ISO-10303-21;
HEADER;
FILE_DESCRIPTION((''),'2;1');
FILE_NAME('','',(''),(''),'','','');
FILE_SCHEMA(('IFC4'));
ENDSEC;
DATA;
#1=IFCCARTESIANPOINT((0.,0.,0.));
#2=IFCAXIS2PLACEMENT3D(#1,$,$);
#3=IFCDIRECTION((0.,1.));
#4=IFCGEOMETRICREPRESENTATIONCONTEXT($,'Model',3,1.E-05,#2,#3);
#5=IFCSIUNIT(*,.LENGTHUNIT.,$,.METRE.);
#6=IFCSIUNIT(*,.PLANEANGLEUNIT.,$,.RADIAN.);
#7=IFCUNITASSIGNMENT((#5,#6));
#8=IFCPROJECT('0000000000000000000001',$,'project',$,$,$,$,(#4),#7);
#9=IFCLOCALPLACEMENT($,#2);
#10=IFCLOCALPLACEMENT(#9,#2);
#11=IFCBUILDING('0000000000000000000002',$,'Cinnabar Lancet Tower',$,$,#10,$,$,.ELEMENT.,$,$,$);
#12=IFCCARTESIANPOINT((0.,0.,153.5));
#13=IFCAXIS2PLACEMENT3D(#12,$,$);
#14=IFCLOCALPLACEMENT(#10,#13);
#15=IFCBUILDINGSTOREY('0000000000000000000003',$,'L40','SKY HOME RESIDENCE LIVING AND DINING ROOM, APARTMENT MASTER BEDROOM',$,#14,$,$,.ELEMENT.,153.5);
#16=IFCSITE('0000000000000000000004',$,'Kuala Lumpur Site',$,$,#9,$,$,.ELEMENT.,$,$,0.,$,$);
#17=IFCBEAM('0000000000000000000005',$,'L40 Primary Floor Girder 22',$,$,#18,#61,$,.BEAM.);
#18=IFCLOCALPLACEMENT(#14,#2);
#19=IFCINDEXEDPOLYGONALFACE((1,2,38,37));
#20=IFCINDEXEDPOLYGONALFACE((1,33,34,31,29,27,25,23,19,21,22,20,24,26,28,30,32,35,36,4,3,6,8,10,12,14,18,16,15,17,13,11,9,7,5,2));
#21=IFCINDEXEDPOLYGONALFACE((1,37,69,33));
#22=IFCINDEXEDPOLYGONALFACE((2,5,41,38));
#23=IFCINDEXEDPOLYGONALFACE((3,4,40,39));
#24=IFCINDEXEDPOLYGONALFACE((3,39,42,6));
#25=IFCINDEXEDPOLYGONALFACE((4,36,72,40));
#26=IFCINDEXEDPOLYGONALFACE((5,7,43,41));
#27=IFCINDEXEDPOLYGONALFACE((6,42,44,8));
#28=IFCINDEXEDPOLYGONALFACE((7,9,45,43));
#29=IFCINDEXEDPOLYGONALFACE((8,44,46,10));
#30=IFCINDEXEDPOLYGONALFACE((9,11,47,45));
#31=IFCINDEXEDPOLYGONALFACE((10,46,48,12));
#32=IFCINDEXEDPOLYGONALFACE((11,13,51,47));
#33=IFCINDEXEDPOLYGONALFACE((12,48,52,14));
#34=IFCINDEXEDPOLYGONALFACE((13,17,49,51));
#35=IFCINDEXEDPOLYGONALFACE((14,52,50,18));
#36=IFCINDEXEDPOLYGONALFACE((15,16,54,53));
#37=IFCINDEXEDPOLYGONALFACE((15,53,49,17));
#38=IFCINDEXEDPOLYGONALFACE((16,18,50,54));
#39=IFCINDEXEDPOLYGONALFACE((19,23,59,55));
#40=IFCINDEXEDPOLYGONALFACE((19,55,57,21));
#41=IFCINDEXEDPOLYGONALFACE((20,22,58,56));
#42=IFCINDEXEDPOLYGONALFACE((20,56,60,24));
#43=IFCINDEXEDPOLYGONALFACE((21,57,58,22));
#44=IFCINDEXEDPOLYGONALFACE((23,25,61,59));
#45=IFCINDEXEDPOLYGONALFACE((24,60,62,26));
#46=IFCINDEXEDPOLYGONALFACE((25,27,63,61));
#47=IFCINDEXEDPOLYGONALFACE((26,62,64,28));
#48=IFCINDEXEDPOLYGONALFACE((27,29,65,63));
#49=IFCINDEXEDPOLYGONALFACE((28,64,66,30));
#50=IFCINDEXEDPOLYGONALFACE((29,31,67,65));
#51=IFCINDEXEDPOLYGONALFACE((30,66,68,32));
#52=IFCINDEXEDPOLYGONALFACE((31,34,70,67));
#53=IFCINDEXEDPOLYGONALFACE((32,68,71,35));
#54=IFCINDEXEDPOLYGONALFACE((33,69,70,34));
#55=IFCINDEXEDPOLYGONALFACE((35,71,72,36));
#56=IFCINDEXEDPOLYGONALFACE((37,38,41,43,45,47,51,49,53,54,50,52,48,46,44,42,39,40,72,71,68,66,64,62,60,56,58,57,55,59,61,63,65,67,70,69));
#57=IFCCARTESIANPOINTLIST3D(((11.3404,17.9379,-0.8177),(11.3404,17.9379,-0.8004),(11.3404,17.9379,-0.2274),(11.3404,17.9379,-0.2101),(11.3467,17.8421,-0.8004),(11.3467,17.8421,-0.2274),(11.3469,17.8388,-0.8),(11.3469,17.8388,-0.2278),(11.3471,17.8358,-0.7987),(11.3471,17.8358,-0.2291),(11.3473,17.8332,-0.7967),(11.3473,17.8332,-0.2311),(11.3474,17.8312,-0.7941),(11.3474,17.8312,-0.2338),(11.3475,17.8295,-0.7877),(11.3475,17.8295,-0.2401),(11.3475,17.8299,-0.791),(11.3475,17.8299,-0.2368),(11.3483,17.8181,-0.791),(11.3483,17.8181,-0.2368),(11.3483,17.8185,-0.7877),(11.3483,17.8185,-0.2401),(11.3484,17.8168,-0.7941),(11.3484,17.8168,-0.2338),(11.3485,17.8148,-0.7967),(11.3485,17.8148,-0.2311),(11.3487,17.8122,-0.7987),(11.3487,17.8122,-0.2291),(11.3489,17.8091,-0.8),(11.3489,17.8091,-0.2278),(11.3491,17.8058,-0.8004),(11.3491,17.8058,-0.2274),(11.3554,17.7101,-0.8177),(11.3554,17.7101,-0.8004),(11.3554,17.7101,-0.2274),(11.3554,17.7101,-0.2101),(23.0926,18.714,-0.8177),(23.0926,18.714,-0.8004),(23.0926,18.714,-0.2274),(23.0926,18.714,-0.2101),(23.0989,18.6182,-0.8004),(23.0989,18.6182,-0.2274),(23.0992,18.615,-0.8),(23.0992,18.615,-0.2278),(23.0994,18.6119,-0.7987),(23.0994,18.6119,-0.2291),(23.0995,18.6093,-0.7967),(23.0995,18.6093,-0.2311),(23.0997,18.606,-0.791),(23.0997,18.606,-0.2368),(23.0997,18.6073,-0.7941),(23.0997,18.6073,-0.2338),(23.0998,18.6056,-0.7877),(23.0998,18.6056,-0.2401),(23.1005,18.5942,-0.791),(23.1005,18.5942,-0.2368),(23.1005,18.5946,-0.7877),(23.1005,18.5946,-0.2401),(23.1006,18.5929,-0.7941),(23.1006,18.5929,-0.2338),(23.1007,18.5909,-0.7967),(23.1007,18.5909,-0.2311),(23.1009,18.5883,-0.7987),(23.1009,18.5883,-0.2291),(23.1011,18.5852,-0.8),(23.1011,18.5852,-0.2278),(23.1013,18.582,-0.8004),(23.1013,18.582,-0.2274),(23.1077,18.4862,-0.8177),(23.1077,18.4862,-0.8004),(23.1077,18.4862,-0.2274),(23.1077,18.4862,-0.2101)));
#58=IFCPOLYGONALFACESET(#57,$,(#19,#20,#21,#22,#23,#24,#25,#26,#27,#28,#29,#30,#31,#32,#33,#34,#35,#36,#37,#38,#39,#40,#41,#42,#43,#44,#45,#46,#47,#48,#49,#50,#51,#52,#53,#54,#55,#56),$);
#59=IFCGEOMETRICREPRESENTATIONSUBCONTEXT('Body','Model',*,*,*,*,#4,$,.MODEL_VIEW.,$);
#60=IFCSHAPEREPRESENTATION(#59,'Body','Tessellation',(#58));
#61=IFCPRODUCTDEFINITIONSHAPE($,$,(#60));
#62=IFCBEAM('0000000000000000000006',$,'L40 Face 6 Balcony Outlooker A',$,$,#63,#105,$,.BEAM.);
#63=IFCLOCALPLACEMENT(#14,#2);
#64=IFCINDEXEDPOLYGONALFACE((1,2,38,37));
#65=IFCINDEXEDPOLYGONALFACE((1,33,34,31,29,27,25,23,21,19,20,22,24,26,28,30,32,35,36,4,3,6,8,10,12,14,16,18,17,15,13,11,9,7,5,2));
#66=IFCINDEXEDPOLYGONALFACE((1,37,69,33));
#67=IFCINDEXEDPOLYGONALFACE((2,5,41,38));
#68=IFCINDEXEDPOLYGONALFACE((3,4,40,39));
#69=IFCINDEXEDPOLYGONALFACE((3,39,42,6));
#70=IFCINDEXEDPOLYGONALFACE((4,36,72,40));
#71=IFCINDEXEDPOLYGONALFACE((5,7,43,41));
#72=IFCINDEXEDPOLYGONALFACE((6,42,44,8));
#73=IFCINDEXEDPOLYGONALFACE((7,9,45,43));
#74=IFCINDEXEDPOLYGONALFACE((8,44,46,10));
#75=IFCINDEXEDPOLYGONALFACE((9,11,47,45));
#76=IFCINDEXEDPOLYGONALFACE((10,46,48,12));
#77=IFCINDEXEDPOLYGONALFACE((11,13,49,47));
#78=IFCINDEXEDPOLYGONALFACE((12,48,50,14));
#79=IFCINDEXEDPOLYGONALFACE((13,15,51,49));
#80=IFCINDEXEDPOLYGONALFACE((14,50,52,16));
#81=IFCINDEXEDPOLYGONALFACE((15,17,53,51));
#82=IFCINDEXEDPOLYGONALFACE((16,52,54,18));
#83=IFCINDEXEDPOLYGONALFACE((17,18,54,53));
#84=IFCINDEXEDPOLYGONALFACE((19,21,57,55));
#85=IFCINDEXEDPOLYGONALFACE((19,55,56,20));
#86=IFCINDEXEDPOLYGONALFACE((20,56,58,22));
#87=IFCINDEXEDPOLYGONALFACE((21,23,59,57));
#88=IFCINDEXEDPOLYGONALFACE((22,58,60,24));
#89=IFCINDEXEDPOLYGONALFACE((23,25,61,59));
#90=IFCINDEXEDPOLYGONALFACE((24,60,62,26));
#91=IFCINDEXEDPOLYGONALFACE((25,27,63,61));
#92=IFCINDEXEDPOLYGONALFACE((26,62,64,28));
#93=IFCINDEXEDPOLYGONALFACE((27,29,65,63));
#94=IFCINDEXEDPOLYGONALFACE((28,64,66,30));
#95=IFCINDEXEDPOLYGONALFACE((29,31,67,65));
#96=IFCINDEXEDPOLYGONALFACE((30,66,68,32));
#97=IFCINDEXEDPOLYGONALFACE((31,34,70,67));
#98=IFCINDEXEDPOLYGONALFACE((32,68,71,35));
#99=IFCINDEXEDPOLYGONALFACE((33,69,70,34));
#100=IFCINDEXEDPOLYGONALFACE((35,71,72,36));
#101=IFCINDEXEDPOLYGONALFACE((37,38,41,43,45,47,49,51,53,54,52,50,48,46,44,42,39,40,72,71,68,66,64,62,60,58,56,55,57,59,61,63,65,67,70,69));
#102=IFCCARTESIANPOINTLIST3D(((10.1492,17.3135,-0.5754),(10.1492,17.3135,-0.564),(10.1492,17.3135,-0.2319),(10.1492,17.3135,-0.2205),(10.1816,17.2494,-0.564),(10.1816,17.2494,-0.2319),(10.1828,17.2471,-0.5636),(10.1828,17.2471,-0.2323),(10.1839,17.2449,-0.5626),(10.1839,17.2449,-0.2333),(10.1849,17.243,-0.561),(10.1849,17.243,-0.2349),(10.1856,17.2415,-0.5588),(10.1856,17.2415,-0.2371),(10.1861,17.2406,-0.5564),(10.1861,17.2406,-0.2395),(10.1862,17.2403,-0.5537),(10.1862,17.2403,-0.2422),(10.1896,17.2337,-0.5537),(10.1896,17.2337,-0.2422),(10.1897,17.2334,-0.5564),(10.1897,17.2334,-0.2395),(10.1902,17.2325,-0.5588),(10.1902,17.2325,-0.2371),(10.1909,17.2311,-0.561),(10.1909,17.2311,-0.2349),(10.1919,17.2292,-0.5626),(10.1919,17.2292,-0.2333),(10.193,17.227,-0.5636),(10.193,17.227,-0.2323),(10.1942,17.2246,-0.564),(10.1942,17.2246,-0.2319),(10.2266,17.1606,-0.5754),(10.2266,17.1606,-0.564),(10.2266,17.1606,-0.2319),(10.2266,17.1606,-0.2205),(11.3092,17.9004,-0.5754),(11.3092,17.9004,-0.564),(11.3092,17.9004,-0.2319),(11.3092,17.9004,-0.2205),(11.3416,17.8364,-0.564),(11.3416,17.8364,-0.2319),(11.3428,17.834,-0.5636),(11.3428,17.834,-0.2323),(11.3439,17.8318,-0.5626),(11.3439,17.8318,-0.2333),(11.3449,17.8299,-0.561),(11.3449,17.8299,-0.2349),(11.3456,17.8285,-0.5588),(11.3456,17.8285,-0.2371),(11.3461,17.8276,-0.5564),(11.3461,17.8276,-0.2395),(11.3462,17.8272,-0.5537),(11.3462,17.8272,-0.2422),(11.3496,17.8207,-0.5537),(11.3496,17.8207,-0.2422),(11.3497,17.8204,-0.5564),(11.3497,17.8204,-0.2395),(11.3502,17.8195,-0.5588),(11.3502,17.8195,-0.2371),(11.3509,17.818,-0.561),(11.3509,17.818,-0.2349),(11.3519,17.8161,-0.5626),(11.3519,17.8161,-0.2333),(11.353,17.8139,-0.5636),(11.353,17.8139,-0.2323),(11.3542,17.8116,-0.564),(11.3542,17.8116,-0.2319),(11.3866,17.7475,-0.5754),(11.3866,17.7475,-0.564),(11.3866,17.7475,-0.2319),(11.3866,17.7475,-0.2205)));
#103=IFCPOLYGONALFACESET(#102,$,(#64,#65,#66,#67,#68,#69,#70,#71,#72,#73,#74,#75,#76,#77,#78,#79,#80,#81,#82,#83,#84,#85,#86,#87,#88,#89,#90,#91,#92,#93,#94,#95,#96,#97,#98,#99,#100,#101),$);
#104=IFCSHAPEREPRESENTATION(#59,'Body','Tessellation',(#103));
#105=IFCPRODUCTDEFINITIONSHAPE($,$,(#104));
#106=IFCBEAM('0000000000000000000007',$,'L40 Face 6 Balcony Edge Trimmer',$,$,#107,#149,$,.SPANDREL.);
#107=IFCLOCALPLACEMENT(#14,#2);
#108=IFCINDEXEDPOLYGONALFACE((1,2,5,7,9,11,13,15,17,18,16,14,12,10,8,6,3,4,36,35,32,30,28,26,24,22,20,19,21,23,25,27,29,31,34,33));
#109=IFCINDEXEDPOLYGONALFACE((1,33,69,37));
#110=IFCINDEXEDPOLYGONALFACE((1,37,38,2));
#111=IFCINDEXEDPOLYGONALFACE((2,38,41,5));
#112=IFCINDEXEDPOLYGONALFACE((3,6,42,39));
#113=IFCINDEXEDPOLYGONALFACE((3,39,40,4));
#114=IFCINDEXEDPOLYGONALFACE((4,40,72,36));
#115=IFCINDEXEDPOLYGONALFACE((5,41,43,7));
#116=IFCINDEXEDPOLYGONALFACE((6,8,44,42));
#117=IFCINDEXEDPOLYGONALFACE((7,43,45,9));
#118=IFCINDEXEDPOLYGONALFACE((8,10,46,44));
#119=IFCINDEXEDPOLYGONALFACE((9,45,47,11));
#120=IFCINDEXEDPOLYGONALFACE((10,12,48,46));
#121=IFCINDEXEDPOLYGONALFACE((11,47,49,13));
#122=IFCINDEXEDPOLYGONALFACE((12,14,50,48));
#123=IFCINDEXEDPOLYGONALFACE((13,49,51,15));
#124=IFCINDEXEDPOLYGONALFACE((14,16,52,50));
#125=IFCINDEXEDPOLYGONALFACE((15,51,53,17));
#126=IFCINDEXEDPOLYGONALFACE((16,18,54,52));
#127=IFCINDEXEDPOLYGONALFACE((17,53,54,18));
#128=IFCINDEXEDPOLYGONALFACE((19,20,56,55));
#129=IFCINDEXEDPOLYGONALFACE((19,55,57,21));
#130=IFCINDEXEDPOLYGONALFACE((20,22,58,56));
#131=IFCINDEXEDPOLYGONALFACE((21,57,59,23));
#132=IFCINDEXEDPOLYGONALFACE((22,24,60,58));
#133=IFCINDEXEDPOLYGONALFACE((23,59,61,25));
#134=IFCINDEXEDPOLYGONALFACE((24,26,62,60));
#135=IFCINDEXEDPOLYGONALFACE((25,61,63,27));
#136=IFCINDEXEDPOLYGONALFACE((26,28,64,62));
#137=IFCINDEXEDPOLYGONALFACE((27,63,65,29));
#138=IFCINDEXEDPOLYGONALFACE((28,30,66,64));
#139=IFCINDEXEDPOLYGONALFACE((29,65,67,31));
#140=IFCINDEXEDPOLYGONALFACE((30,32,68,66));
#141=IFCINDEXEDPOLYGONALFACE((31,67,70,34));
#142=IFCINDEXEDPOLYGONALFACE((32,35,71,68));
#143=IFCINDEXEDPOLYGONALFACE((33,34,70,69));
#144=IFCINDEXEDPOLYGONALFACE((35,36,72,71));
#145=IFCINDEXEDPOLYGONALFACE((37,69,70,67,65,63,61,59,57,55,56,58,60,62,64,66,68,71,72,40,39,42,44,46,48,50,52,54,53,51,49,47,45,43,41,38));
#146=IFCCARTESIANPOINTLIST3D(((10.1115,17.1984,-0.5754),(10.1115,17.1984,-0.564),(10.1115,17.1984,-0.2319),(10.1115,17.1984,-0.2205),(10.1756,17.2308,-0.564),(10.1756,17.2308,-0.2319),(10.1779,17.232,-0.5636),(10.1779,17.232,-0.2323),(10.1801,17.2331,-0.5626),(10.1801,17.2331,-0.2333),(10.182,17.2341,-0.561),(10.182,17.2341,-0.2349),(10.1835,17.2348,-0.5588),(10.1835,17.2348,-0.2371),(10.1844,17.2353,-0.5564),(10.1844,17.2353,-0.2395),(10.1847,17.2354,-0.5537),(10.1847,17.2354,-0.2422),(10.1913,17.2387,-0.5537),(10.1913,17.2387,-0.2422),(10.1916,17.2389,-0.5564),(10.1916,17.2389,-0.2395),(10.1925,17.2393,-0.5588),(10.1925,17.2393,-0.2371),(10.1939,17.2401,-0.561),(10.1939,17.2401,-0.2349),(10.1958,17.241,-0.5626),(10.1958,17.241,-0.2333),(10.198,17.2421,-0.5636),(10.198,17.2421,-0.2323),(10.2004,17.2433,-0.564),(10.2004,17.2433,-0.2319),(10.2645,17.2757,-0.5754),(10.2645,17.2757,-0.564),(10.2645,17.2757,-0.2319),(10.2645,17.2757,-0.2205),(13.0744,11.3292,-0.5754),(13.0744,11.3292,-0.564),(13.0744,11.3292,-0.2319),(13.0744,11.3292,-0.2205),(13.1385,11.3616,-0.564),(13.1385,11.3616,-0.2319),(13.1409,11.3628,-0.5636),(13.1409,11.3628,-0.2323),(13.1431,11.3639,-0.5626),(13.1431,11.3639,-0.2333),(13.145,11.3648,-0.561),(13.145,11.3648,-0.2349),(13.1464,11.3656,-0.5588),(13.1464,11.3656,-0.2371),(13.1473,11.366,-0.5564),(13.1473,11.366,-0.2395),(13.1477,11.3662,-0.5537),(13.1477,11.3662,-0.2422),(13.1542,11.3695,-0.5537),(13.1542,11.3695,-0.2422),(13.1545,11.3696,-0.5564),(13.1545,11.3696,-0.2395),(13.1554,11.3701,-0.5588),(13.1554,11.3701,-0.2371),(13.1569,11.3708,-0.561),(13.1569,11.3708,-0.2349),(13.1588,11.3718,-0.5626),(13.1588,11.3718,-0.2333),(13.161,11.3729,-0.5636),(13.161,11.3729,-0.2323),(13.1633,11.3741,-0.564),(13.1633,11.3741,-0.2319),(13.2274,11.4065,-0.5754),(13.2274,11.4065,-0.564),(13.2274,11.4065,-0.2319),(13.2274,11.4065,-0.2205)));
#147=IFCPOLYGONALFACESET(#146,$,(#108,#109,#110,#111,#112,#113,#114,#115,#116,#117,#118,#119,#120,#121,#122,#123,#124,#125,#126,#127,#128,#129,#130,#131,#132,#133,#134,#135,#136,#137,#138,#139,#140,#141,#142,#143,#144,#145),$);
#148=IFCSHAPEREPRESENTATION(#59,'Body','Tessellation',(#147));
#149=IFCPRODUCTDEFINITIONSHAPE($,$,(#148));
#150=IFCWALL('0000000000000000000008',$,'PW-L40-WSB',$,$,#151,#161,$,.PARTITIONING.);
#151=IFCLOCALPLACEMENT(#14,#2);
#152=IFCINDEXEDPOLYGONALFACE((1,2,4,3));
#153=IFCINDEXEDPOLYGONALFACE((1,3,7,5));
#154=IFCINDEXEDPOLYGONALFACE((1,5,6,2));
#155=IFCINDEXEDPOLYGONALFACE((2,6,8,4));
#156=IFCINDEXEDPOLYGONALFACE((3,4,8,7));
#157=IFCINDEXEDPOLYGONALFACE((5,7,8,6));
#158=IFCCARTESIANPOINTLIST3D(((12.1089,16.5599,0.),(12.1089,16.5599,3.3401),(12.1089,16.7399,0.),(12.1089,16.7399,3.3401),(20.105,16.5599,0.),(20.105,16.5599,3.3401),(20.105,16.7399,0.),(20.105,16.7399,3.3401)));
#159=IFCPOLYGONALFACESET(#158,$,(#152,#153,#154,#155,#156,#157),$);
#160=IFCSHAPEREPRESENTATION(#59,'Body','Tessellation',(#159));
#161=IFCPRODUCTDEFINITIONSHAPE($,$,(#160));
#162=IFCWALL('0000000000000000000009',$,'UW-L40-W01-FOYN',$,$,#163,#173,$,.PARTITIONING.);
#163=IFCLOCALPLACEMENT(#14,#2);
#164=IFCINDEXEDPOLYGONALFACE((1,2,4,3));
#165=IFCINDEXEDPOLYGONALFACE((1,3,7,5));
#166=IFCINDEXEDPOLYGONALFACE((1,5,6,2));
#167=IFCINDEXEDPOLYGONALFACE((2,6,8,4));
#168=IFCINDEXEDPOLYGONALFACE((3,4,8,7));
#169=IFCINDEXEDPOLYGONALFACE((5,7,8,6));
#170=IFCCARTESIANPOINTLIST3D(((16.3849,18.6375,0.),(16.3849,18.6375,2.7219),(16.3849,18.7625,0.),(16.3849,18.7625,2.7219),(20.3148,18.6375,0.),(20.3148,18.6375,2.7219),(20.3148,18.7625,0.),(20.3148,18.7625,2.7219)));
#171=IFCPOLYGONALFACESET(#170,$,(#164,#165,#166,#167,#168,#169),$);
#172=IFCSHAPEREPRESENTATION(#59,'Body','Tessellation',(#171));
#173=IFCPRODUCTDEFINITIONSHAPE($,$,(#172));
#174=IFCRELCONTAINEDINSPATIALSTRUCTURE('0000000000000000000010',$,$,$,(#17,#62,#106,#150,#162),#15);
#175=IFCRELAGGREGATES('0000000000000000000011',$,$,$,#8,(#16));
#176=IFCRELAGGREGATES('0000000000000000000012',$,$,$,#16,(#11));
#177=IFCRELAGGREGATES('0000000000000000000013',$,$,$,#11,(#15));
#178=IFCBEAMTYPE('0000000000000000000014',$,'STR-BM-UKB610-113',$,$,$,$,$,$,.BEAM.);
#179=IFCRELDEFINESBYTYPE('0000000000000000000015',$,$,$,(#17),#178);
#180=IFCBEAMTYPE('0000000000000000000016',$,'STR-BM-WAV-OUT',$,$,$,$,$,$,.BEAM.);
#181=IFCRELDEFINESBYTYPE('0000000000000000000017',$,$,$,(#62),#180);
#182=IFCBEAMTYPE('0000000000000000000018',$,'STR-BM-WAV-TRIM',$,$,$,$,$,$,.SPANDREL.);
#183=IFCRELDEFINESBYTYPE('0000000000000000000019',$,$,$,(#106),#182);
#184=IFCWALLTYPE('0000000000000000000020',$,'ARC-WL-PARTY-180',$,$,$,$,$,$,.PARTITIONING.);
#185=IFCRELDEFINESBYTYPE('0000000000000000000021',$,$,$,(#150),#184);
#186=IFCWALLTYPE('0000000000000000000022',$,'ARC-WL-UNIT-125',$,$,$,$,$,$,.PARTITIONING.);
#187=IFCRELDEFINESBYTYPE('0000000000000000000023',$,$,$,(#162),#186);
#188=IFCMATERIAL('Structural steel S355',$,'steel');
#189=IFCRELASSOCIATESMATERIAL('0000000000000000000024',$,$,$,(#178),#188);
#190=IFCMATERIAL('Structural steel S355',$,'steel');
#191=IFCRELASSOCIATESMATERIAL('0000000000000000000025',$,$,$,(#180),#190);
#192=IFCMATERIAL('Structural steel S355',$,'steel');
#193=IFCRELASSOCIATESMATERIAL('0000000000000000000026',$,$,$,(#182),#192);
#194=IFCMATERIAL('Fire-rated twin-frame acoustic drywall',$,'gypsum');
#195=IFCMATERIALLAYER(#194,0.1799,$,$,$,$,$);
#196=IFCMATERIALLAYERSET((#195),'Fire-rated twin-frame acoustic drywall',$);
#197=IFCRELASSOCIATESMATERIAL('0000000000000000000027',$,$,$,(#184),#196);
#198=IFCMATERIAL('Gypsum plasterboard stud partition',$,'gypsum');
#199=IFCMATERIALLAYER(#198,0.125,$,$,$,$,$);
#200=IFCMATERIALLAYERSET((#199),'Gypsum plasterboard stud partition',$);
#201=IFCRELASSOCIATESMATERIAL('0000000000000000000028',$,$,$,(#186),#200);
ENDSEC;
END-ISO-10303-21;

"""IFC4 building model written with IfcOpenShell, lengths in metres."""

from ifc_helpers import new_model, si_unit, direction, frame, frame_2d, origin, origin_2d, place, context, subcontext, project, spatial, rectangle, i_section, extrude, material, layer, layer_set, material_profile, profile_set, type_object, element, save


model = new_model("IFC4")

# Units and contexts
model_context = context("Model", 3, precision=1e-05, world=origin(), true_north=direction((0.0, 1.0)))
body_context = subcontext(model_context, "Body", "Model", "MODEL_VIEW")
ifc_project = project(units=[si_unit("LENGTHUNIT", "METRE"), si_unit("PLANEANGLEUNIT", "RADIAN")], contexts=[model_context])

# Site, building, storey
site_placement = place(None, origin())
site = spatial("IfcSite", under=ifc_project, at=site_placement, Name="Kuala Lumpur Site", CompositionType="ELEMENT", RefElevation=0.0)
building_placement = place(site_placement, origin())
building = spatial("IfcBuilding", under=site, at=building_placement, Name="Cinnabar Lancet Tower", CompositionType="ELEMENT")
storey_placement = place(building_placement, frame((0.0, 0.0, 153.5)))
storey = spatial("IfcBuildingStorey", under=building, at=storey_placement, Name="L40", Description="SKY HOME RESIDENCE LIVING AND DINING ROOM, APARTMENT MASTER BEDROOM", CompositionType="ELEMENT", Elevation=153.5)

# Beams
ifc_material_1 = material(Name="Structural steel S355", Category="steel")
ifc_material_profile_1 = material_profile(ifc_material_1, i_section(OverallWidth=0.2283, OverallDepth=0.6077, WebThickness=0.011, FlangeThickness=0.0173, FilletRadius=0.0127, at=origin_2d()), Name="UKB 610x229x113")
ifc_profile_set_1 = profile_set([ifc_material_profile_1], Name="Structural steel S355")
beam_type_1 = type_object("IfcBeamType", Name="STR-BM-UKB610-113", PredefinedType="BEAM", material=ifc_profile_set_1)
beam_1_placement = place(storey_placement, frame((11.3479, 17.824, -0.5139), z_axis=(0.997826, 0.065897, 0.0), x_axis=(-0.065897, 0.997826, 0.0)))
element("IfcBeam", 1, at=beam_1_placement, inside=storey, type_object=beam_type_1, Name="L40 Primary Floor Girder 22", PredefinedType="BEAM", context=body_context, shape_type="SweptSolid", body=[
    extrude(i_section(OverallWidth=0.2283, OverallDepth=0.6077, WebThickness=0.011, FlangeThickness=0.0173, FilletRadius=0.0127, at=origin_2d()), origin(), (0.0, 0.0, 1.0), 11.7778),
])
ifc_material_2 = material(Name="Structural steel S355", Category="steel")
ifc_material_profile_2 = material_profile(ifc_material_2, i_section(OverallWidth=0.1714, OverallDepth=0.355, WebThickness=0.0073, FlangeThickness=0.0115, FilletRadius=0.0103, at=origin_2d()), Name="UKB 356x171x51")
ifc_profile_set_2 = profile_set([ifc_material_profile_2], Name="Structural steel S355")
beam_type_2 = type_object("IfcBeamType", Name="STR-BM-WAV-OUT", PredefinedType="BEAM", material=ifc_profile_set_2)
beam_2_placement = place(storey_placement, frame((11.3479, 17.824, -0.3979), z_axis=(-0.892276, -0.45149, 0.0), x_axis=(0.45149, -0.892276, 0.0)))
element("IfcBeam", 2, at=beam_2_placement, inside=storey, type_object=beam_type_2, Name="L40 Face 6 Balcony Outlooker A", PredefinedType="BEAM", context=body_context, shape_type="SweptSolid", body=[
    extrude(i_section(OverallWidth=0.1714, OverallDepth=0.355, WebThickness=0.0073, FlangeThickness=0.0115, FilletRadius=0.0103, at=origin_2d()), origin(), (0.0, 0.0, 1.0), 1.3),
])
ifc_material_3 = material(Name="Structural steel S355", Category="steel")
ifc_material_profile_3 = material_profile(ifc_material_3, i_section(OverallWidth=0.1714, OverallDepth=0.355, WebThickness=0.0073, FlangeThickness=0.0115, FilletRadius=0.0103, at=origin_2d()), Name="UKB 356x171x51")
ifc_profile_set_3 = profile_set([ifc_material_profile_3], Name="Structural steel S355")
beam_type_3 = type_object("IfcBeamType", Name="STR-BM-WAV-TRIM", PredefinedType="SPANDREL", material=ifc_profile_set_3)
beam_3_placement = place(storey_placement, frame((10.188, 17.2371, -0.3979), z_axis=(0.450656, -0.892698, 0.0), x_axis=(0.892698, 0.450656, 0.0)))
element("IfcBeam", 3, at=beam_3_placement, inside=storey, type_object=beam_type_3, Name="L40 Face 6 Balcony Edge Trimmer", PredefinedType="SPANDREL", context=body_context, shape_type="SweptSolid", body=[
    extrude(i_section(OverallWidth=0.1714, OverallDepth=0.355, WebThickness=0.0073, FlangeThickness=0.0115, FilletRadius=0.0103, at=origin_2d()), origin(), (0.0, 0.0, 1.0), 6.5747),
])

# Walls
ifc_material_4 = material(Name="Fire-rated twin-frame acoustic drywall", Category="gypsum")
ifc_layer_1 = layer(ifc_material_4, 0.1799)
ifc_layer_set_1 = layer_set([ifc_layer_1], Name="Fire-rated twin-frame acoustic drywall")
wall_type_1 = type_object("IfcWallType", Name="ARC-WL-PARTY-180", PredefinedType="PARTITIONING", material=ifc_layer_set_1)
wall_1_placement = place(storey_placement, frame((12.1089, 16.6499, 0.0), z_axis=(0.0, 0.0, 1.0), x_axis=(1.0, 0.0, 0.0)))
element("IfcWall", 4, at=wall_1_placement, inside=storey, type_object=wall_type_1, Name="PW-L40-WSB", PredefinedType="PARTITIONING", context=body_context, shape_type="SweptSolid", body=[
    extrude(rectangle(XDim=7.9961, YDim=0.1799, at=frame_2d((3.998, 0.0))), origin(), (0.0, 0.0, 1.0), 3.3401),
])
ifc_material_5 = material(Name="Gypsum plasterboard stud partition", Category="gypsum")
ifc_layer_2 = layer(ifc_material_5, 0.125)
ifc_layer_set_2 = layer_set([ifc_layer_2], Name="Gypsum plasterboard stud partition")
wall_type_2 = type_object("IfcWallType", Name="ARC-WL-UNIT-125", PredefinedType="PARTITIONING", material=ifc_layer_set_2)
wall_2_placement = place(storey_placement, frame((16.385, 18.7, 0.0), z_axis=(0.0, 0.0, 1.0), x_axis=(1.0, 0.0, 0.0)))
element("IfcWall", 5, at=wall_2_placement, inside=storey, type_object=wall_type_2, Name="UW-L40-W01-FOYN", PredefinedType="PARTITIONING", context=body_context, shape_type="SweptSolid", body=[
    extrude(rectangle(XDim=3.9299, YDim=0.125, at=frame_2d((1.9648, 0.0))), origin(), (0.0, 0.0, 1.0), 2.7219),
])

save(model, "model.ifc")
